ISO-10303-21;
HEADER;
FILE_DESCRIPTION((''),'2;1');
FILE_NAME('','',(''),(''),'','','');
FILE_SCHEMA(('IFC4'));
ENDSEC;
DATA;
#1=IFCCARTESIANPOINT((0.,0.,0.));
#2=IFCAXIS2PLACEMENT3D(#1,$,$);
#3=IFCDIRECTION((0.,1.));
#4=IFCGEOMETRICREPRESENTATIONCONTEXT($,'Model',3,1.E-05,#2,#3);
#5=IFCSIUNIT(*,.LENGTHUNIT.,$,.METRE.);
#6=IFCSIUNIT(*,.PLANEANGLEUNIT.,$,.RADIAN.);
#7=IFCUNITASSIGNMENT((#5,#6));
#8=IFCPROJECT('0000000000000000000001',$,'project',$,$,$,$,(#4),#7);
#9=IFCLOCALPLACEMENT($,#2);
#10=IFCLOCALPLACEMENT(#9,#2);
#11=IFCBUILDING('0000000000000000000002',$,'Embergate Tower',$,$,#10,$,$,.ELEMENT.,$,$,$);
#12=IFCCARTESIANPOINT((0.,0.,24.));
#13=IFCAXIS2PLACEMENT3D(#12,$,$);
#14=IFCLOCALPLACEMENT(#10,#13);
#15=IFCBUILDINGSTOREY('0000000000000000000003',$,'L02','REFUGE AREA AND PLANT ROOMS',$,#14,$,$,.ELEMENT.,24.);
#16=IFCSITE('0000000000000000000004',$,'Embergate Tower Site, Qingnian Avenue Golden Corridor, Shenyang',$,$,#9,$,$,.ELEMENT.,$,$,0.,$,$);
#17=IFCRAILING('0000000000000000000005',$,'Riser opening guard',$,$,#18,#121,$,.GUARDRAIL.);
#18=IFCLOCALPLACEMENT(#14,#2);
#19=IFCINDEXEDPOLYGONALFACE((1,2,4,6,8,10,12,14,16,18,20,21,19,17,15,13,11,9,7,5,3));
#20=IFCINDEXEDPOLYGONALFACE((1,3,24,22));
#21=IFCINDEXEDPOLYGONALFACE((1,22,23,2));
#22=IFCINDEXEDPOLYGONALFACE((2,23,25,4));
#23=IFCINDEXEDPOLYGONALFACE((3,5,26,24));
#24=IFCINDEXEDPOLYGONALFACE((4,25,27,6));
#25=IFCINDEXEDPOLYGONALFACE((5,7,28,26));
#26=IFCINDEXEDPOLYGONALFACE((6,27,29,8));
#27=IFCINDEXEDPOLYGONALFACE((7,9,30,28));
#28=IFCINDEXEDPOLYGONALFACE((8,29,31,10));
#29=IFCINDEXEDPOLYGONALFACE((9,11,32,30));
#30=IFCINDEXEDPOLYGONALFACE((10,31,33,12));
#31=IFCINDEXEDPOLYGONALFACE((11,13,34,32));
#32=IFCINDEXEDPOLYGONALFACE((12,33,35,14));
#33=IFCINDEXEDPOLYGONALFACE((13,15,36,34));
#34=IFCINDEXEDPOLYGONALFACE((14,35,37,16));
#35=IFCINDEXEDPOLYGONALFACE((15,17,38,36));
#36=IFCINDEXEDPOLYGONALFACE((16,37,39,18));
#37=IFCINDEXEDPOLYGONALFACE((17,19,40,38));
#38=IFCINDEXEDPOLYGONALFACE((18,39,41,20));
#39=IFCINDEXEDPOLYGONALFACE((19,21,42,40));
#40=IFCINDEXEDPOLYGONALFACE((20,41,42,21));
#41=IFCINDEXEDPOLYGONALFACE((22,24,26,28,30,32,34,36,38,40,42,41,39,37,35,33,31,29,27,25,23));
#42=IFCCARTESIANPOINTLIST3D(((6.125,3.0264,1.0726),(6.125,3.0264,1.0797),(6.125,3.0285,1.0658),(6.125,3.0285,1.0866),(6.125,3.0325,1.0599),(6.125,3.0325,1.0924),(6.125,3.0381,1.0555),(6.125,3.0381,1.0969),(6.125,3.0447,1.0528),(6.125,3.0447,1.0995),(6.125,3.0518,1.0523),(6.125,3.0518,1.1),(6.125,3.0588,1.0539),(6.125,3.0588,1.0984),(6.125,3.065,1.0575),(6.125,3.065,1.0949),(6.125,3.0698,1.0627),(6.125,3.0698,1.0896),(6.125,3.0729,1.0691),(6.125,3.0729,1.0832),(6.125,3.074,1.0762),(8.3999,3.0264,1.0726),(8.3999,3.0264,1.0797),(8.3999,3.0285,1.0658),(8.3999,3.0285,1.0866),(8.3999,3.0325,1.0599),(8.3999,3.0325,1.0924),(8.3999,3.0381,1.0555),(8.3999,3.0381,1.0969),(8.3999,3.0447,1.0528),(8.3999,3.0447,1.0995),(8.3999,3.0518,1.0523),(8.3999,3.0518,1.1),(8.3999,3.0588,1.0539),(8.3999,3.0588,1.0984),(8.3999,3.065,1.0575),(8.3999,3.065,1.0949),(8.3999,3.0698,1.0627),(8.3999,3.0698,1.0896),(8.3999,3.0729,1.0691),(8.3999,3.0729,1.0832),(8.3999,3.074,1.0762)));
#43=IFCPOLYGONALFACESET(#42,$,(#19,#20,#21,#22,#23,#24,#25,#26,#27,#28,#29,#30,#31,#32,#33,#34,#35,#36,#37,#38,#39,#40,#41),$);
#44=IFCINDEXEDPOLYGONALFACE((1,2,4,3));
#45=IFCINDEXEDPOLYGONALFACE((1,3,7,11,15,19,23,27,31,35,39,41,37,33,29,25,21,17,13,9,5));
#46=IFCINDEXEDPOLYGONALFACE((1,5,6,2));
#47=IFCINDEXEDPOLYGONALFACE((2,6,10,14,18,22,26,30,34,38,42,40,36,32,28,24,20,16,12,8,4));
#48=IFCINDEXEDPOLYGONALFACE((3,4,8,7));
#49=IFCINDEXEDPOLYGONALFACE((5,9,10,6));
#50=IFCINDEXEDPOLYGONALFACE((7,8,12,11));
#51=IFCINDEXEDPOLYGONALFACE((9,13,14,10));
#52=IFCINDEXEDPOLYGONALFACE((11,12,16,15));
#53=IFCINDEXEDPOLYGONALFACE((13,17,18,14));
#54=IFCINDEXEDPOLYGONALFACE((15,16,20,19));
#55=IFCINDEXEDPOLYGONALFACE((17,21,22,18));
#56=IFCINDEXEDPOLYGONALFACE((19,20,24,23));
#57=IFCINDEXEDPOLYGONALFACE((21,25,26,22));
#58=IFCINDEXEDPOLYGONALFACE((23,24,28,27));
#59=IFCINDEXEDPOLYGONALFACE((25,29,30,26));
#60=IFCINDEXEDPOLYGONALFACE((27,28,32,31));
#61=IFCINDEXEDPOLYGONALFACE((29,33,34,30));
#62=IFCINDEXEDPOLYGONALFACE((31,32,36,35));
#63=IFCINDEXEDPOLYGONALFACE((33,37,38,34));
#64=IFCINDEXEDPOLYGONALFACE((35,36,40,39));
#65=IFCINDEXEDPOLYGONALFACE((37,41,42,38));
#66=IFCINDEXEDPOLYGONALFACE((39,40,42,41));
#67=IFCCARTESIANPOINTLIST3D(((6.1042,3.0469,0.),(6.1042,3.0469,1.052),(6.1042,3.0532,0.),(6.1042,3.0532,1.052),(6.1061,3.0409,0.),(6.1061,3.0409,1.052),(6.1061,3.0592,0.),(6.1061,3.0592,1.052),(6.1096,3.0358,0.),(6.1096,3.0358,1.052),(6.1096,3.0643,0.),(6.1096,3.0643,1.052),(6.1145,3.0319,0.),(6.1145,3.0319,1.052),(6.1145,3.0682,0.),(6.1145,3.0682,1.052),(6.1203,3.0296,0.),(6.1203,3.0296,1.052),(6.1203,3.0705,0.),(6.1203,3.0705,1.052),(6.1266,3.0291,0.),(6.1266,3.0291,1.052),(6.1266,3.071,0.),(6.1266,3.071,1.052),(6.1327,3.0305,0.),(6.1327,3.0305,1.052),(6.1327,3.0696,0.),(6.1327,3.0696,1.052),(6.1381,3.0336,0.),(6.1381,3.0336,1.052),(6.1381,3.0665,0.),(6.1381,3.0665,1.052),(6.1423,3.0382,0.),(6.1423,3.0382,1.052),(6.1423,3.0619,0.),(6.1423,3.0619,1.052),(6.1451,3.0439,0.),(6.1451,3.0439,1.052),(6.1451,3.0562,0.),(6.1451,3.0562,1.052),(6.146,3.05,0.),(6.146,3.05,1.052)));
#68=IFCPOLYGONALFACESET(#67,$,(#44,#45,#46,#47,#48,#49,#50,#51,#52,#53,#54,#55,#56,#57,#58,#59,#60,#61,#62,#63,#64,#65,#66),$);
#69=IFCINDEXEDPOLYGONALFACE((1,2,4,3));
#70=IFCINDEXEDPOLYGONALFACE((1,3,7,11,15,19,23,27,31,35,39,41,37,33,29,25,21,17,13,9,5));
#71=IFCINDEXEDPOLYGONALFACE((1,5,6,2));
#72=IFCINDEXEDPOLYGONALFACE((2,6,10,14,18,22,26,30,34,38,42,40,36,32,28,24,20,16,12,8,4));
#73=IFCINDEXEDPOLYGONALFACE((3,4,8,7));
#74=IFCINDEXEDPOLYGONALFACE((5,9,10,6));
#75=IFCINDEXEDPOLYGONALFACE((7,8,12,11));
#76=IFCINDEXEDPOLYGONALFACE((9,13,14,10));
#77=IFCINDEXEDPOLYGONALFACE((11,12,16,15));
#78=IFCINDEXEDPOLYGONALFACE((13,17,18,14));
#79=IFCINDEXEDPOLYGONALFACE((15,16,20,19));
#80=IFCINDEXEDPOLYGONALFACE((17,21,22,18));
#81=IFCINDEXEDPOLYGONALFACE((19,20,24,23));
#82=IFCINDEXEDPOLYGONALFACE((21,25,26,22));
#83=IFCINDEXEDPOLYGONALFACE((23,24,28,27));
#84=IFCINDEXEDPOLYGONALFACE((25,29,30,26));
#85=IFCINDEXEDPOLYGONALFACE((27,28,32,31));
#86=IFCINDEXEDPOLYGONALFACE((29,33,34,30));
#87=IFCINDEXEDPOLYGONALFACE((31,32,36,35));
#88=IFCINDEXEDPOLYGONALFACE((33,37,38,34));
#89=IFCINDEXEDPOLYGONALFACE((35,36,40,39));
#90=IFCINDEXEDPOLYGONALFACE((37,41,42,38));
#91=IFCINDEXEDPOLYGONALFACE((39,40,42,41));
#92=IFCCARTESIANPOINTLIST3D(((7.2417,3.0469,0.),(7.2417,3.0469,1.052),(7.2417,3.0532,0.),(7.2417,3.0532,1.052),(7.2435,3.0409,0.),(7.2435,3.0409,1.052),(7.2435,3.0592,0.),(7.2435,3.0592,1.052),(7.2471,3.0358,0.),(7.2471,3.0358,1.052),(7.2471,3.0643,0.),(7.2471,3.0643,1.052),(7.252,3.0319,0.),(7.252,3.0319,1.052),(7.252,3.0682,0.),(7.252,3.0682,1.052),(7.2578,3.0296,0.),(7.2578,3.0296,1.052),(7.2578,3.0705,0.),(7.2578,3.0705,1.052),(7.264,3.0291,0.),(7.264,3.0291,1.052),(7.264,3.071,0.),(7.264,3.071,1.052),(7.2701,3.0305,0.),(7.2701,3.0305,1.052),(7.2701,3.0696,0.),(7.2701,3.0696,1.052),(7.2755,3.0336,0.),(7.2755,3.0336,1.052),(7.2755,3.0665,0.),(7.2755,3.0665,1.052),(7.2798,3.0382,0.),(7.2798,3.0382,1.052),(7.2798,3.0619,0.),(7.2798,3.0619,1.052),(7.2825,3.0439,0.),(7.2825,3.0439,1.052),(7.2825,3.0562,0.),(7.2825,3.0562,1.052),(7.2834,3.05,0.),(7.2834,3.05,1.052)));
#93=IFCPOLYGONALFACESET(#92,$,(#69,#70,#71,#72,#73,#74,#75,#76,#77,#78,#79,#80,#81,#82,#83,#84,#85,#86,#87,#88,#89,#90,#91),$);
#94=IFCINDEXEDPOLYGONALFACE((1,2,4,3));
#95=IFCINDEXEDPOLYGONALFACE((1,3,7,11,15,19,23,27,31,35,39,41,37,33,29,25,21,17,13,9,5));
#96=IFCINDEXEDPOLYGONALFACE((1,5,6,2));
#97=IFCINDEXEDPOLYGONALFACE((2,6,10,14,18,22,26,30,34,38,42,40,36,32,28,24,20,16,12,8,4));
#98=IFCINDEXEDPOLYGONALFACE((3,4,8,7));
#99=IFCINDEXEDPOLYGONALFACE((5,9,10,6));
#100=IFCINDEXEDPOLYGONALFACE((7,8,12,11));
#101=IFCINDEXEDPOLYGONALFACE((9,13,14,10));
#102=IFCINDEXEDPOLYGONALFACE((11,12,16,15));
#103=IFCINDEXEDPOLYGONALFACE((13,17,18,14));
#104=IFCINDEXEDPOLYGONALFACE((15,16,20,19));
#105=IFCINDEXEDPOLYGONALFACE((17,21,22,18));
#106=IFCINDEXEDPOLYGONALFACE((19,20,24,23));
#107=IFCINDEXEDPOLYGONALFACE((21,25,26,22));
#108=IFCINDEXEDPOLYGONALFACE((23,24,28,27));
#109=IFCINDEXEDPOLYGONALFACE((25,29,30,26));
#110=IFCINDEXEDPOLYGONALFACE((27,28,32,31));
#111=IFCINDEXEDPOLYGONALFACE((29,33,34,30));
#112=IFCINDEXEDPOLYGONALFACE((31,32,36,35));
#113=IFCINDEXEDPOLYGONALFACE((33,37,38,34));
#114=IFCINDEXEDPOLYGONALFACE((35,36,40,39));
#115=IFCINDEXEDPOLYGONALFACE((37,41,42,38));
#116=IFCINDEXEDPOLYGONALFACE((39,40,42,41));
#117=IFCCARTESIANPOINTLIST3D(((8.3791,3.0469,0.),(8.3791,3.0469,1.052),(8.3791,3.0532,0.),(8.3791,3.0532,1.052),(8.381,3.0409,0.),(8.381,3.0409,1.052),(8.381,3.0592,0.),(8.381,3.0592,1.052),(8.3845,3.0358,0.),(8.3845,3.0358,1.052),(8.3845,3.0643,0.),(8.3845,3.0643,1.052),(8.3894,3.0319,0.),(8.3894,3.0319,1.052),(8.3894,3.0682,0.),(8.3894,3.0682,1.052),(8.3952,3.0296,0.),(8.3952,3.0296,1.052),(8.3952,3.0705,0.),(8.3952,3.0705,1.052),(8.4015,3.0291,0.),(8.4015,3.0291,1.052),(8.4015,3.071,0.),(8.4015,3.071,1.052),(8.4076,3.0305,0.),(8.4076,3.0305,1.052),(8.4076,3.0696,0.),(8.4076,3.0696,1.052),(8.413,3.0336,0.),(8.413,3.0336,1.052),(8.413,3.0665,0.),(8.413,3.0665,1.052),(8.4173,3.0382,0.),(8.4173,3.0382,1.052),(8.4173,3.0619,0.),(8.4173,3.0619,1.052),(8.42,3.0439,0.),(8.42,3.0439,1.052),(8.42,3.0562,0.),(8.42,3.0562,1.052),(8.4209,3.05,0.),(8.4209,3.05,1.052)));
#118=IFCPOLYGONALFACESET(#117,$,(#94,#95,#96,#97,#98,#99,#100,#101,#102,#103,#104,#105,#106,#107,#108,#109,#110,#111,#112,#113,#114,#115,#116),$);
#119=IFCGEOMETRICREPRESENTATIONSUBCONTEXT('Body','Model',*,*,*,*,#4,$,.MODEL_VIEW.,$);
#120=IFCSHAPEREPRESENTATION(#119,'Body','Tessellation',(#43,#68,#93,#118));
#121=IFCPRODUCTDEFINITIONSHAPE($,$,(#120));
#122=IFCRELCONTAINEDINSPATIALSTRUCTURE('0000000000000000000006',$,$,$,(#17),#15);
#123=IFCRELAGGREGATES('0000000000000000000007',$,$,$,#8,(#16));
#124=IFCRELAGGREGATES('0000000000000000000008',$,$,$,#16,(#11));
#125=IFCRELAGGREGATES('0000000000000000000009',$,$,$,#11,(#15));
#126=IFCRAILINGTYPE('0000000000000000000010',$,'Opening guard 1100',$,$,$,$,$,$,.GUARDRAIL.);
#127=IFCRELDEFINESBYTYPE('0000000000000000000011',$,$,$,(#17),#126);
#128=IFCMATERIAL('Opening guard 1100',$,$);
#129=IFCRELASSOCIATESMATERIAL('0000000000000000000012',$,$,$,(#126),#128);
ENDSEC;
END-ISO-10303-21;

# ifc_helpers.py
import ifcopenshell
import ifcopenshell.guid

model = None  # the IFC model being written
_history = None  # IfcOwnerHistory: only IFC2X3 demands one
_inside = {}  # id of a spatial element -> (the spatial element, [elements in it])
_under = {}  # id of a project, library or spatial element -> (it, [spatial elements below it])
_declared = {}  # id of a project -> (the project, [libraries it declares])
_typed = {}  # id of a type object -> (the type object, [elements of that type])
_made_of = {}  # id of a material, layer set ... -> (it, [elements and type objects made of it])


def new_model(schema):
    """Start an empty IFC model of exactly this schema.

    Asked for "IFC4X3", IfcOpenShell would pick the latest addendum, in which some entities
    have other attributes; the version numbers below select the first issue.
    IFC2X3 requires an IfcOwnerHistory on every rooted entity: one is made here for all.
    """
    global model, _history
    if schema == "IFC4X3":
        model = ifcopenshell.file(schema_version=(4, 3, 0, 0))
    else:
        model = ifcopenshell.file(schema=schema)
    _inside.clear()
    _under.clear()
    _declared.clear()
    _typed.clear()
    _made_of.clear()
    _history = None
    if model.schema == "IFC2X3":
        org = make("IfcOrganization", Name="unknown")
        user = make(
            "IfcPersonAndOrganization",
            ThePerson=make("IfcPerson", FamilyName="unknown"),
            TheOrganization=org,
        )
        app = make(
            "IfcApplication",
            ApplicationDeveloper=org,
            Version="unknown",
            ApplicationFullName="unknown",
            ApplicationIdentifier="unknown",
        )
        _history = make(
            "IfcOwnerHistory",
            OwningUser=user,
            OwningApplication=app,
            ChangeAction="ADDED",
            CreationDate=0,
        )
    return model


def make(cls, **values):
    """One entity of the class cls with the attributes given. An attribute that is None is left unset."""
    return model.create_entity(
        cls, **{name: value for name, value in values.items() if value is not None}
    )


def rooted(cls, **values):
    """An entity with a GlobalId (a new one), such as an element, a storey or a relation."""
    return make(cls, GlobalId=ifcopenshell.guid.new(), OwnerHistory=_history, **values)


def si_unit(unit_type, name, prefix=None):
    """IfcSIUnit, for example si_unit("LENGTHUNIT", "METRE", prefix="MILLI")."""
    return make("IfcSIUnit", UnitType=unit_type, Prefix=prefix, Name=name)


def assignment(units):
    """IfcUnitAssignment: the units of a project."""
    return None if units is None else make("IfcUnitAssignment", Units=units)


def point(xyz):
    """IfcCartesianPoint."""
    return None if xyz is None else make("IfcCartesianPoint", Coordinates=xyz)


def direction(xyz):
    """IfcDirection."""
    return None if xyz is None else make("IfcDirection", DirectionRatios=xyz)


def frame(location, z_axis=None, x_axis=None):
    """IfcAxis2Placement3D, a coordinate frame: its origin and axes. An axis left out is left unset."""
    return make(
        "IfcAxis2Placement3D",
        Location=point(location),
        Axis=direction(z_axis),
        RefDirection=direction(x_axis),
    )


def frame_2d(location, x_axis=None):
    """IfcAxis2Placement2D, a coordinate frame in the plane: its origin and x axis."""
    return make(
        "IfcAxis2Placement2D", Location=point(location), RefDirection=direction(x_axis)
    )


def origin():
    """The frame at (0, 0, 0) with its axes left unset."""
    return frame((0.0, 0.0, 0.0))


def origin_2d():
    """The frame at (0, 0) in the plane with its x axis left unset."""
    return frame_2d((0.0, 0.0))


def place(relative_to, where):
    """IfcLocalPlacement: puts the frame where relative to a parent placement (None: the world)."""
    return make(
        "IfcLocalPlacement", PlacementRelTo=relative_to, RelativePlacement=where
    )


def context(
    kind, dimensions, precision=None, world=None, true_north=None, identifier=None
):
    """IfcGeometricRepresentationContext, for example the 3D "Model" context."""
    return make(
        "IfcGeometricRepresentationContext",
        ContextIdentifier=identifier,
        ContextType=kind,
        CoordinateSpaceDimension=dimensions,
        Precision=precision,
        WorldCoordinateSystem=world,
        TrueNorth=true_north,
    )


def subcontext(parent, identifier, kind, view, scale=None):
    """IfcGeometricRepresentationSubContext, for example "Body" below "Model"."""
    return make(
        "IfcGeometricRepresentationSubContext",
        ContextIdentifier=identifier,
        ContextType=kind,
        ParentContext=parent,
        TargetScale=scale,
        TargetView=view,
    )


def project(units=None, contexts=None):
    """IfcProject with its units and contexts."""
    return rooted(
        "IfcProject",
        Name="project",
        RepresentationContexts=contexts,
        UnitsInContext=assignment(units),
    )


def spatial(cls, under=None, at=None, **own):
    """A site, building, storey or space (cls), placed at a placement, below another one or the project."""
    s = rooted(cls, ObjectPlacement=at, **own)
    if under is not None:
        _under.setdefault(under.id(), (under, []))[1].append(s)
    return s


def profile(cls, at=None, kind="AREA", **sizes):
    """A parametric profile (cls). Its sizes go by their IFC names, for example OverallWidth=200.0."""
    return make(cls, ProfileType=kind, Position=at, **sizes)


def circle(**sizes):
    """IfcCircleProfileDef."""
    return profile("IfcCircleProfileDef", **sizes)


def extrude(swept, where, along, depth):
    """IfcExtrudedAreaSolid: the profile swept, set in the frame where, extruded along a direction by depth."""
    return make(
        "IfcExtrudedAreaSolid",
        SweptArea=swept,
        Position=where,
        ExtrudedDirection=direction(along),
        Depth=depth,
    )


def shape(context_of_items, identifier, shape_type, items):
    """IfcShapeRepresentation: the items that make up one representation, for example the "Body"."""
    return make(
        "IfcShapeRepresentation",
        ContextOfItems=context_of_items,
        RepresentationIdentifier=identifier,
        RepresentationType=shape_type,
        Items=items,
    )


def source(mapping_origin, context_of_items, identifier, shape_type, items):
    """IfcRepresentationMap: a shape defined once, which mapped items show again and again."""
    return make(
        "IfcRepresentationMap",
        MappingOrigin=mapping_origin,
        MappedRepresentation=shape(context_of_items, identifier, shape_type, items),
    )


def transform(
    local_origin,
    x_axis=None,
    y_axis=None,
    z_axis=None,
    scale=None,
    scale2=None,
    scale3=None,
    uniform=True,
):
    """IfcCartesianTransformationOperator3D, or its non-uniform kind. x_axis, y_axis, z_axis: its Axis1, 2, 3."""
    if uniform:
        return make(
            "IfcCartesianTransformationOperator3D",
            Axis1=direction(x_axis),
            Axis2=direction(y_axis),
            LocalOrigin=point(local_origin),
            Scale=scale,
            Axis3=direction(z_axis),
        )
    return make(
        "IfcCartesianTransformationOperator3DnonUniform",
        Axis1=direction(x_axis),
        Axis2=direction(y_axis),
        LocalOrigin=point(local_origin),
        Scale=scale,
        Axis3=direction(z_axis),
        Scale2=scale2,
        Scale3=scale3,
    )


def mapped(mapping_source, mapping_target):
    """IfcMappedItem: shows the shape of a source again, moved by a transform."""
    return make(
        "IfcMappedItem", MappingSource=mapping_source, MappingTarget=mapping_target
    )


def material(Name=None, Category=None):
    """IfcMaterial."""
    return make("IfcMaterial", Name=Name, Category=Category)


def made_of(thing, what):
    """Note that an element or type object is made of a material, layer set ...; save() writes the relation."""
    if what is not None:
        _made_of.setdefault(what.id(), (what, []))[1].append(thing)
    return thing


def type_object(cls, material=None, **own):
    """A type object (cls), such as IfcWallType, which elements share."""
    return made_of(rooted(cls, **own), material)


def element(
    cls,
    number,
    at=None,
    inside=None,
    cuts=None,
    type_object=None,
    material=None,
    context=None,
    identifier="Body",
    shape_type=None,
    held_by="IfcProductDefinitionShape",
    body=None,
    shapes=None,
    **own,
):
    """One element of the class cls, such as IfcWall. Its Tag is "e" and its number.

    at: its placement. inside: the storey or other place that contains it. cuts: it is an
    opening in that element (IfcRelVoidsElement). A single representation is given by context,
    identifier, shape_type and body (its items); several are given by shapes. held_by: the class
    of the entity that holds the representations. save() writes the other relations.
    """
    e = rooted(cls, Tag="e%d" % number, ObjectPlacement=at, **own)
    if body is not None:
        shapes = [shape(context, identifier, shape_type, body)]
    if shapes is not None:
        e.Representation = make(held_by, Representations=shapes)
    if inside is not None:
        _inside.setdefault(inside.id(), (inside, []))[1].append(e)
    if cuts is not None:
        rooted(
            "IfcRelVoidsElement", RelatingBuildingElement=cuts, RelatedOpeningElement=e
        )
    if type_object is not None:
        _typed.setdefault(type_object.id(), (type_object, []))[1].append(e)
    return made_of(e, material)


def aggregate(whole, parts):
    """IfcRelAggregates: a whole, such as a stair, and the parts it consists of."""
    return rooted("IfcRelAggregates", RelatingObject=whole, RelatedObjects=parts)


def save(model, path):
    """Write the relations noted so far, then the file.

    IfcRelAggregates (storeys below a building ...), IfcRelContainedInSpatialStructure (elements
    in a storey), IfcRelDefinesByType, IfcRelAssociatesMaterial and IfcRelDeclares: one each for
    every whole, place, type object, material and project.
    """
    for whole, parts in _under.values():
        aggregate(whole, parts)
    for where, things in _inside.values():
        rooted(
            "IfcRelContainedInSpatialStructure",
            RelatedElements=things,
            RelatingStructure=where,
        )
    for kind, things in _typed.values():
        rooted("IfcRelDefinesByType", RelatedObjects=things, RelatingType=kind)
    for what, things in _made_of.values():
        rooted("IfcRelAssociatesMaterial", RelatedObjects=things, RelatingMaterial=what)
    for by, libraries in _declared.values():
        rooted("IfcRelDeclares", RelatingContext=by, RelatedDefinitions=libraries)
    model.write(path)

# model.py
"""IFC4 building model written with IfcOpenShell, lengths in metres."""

from ifc_helpers import new_model, si_unit, direction, frame, origin, origin_2d, place, context, subcontext, project, spatial, circle, extrude, source, transform, mapped, material, type_object, element, save


model = new_model("IFC4")

# Units and contexts
model_context = context("Model", 3, precision=1e-05, world=origin(), true_north=direction((0.0, 1.0)))
body_context = subcontext(model_context, "Body", "Model", "MODEL_VIEW")
ifc_project = project(units=[si_unit("LENGTHUNIT", "METRE"), si_unit("PLANEANGLEUNIT", "RADIAN")], contexts=[model_context])

# Site, building, storey
site_placement = place(None, origin())
site = spatial("IfcSite", under=ifc_project, at=site_placement, Name="Embergate Tower Site, Qingnian Avenue Golden Corridor, Shenyang", CompositionType="ELEMENT", RefElevation=0.0)
building_placement = place(site_placement, origin())
building = spatial("IfcBuilding", under=site, at=building_placement, Name="Embergate Tower", CompositionType="ELEMENT")
storey_placement = place(building_placement, frame((0.0, 0.0, 24.0)))
storey = spatial("IfcBuildingStorey", under=building, at=storey_placement, Name="L02", Description="REFUGE AREA AND PLANT ROOMS", CompositionType="ELEMENT", Elevation=24.0)

# Railing
ifc_material_1 = material(Name="Opening guard 1100")
railing_type_1 = type_object("IfcRailingType", Name="Opening guard 1100", PredefinedType="GUARDRAIL", material=ifc_material_1)
shared_shape_1 = source(origin(), body_context, "Body", "SweptSolid", [
    extrude(circle(Radius=0.0239, at=origin_2d()), frame((0.0, 0.0, 1.0762), z_axis=(1.0, 0.0, 0.0), x_axis=(0.0, 1.0, 0.0)), (0.0, 0.0, 1.0), 2.2749),
    extrude(circle(Radius=0.021, at=origin_2d()), origin(), (0.0, 0.0, 1.0), 1.052),
    extrude(circle(Radius=0.021, at=origin_2d()), frame((1.1375, 0.0, 0.0)), (0.0, 0.0, 1.0), 1.052),
    extrude(circle(Radius=0.021, at=origin_2d()), frame((2.2749, 0.0, 0.0)), (0.0, 0.0, 1.0), 1.052),
])
railing_1_placement = place(storey_placement, frame((6.125, 3.05, 0.0)))
element("IfcRailing", 1, at=railing_1_placement, inside=storey, type_object=railing_type_1, Name="Riser opening guard", PredefinedType="GUARDRAIL", context=body_context, shape_type="MappedRepresentation", body=[
    mapped(shared_shape_1, transform((0.0, 0.0, 0.0))),
])

save(model, "model.ifc")
